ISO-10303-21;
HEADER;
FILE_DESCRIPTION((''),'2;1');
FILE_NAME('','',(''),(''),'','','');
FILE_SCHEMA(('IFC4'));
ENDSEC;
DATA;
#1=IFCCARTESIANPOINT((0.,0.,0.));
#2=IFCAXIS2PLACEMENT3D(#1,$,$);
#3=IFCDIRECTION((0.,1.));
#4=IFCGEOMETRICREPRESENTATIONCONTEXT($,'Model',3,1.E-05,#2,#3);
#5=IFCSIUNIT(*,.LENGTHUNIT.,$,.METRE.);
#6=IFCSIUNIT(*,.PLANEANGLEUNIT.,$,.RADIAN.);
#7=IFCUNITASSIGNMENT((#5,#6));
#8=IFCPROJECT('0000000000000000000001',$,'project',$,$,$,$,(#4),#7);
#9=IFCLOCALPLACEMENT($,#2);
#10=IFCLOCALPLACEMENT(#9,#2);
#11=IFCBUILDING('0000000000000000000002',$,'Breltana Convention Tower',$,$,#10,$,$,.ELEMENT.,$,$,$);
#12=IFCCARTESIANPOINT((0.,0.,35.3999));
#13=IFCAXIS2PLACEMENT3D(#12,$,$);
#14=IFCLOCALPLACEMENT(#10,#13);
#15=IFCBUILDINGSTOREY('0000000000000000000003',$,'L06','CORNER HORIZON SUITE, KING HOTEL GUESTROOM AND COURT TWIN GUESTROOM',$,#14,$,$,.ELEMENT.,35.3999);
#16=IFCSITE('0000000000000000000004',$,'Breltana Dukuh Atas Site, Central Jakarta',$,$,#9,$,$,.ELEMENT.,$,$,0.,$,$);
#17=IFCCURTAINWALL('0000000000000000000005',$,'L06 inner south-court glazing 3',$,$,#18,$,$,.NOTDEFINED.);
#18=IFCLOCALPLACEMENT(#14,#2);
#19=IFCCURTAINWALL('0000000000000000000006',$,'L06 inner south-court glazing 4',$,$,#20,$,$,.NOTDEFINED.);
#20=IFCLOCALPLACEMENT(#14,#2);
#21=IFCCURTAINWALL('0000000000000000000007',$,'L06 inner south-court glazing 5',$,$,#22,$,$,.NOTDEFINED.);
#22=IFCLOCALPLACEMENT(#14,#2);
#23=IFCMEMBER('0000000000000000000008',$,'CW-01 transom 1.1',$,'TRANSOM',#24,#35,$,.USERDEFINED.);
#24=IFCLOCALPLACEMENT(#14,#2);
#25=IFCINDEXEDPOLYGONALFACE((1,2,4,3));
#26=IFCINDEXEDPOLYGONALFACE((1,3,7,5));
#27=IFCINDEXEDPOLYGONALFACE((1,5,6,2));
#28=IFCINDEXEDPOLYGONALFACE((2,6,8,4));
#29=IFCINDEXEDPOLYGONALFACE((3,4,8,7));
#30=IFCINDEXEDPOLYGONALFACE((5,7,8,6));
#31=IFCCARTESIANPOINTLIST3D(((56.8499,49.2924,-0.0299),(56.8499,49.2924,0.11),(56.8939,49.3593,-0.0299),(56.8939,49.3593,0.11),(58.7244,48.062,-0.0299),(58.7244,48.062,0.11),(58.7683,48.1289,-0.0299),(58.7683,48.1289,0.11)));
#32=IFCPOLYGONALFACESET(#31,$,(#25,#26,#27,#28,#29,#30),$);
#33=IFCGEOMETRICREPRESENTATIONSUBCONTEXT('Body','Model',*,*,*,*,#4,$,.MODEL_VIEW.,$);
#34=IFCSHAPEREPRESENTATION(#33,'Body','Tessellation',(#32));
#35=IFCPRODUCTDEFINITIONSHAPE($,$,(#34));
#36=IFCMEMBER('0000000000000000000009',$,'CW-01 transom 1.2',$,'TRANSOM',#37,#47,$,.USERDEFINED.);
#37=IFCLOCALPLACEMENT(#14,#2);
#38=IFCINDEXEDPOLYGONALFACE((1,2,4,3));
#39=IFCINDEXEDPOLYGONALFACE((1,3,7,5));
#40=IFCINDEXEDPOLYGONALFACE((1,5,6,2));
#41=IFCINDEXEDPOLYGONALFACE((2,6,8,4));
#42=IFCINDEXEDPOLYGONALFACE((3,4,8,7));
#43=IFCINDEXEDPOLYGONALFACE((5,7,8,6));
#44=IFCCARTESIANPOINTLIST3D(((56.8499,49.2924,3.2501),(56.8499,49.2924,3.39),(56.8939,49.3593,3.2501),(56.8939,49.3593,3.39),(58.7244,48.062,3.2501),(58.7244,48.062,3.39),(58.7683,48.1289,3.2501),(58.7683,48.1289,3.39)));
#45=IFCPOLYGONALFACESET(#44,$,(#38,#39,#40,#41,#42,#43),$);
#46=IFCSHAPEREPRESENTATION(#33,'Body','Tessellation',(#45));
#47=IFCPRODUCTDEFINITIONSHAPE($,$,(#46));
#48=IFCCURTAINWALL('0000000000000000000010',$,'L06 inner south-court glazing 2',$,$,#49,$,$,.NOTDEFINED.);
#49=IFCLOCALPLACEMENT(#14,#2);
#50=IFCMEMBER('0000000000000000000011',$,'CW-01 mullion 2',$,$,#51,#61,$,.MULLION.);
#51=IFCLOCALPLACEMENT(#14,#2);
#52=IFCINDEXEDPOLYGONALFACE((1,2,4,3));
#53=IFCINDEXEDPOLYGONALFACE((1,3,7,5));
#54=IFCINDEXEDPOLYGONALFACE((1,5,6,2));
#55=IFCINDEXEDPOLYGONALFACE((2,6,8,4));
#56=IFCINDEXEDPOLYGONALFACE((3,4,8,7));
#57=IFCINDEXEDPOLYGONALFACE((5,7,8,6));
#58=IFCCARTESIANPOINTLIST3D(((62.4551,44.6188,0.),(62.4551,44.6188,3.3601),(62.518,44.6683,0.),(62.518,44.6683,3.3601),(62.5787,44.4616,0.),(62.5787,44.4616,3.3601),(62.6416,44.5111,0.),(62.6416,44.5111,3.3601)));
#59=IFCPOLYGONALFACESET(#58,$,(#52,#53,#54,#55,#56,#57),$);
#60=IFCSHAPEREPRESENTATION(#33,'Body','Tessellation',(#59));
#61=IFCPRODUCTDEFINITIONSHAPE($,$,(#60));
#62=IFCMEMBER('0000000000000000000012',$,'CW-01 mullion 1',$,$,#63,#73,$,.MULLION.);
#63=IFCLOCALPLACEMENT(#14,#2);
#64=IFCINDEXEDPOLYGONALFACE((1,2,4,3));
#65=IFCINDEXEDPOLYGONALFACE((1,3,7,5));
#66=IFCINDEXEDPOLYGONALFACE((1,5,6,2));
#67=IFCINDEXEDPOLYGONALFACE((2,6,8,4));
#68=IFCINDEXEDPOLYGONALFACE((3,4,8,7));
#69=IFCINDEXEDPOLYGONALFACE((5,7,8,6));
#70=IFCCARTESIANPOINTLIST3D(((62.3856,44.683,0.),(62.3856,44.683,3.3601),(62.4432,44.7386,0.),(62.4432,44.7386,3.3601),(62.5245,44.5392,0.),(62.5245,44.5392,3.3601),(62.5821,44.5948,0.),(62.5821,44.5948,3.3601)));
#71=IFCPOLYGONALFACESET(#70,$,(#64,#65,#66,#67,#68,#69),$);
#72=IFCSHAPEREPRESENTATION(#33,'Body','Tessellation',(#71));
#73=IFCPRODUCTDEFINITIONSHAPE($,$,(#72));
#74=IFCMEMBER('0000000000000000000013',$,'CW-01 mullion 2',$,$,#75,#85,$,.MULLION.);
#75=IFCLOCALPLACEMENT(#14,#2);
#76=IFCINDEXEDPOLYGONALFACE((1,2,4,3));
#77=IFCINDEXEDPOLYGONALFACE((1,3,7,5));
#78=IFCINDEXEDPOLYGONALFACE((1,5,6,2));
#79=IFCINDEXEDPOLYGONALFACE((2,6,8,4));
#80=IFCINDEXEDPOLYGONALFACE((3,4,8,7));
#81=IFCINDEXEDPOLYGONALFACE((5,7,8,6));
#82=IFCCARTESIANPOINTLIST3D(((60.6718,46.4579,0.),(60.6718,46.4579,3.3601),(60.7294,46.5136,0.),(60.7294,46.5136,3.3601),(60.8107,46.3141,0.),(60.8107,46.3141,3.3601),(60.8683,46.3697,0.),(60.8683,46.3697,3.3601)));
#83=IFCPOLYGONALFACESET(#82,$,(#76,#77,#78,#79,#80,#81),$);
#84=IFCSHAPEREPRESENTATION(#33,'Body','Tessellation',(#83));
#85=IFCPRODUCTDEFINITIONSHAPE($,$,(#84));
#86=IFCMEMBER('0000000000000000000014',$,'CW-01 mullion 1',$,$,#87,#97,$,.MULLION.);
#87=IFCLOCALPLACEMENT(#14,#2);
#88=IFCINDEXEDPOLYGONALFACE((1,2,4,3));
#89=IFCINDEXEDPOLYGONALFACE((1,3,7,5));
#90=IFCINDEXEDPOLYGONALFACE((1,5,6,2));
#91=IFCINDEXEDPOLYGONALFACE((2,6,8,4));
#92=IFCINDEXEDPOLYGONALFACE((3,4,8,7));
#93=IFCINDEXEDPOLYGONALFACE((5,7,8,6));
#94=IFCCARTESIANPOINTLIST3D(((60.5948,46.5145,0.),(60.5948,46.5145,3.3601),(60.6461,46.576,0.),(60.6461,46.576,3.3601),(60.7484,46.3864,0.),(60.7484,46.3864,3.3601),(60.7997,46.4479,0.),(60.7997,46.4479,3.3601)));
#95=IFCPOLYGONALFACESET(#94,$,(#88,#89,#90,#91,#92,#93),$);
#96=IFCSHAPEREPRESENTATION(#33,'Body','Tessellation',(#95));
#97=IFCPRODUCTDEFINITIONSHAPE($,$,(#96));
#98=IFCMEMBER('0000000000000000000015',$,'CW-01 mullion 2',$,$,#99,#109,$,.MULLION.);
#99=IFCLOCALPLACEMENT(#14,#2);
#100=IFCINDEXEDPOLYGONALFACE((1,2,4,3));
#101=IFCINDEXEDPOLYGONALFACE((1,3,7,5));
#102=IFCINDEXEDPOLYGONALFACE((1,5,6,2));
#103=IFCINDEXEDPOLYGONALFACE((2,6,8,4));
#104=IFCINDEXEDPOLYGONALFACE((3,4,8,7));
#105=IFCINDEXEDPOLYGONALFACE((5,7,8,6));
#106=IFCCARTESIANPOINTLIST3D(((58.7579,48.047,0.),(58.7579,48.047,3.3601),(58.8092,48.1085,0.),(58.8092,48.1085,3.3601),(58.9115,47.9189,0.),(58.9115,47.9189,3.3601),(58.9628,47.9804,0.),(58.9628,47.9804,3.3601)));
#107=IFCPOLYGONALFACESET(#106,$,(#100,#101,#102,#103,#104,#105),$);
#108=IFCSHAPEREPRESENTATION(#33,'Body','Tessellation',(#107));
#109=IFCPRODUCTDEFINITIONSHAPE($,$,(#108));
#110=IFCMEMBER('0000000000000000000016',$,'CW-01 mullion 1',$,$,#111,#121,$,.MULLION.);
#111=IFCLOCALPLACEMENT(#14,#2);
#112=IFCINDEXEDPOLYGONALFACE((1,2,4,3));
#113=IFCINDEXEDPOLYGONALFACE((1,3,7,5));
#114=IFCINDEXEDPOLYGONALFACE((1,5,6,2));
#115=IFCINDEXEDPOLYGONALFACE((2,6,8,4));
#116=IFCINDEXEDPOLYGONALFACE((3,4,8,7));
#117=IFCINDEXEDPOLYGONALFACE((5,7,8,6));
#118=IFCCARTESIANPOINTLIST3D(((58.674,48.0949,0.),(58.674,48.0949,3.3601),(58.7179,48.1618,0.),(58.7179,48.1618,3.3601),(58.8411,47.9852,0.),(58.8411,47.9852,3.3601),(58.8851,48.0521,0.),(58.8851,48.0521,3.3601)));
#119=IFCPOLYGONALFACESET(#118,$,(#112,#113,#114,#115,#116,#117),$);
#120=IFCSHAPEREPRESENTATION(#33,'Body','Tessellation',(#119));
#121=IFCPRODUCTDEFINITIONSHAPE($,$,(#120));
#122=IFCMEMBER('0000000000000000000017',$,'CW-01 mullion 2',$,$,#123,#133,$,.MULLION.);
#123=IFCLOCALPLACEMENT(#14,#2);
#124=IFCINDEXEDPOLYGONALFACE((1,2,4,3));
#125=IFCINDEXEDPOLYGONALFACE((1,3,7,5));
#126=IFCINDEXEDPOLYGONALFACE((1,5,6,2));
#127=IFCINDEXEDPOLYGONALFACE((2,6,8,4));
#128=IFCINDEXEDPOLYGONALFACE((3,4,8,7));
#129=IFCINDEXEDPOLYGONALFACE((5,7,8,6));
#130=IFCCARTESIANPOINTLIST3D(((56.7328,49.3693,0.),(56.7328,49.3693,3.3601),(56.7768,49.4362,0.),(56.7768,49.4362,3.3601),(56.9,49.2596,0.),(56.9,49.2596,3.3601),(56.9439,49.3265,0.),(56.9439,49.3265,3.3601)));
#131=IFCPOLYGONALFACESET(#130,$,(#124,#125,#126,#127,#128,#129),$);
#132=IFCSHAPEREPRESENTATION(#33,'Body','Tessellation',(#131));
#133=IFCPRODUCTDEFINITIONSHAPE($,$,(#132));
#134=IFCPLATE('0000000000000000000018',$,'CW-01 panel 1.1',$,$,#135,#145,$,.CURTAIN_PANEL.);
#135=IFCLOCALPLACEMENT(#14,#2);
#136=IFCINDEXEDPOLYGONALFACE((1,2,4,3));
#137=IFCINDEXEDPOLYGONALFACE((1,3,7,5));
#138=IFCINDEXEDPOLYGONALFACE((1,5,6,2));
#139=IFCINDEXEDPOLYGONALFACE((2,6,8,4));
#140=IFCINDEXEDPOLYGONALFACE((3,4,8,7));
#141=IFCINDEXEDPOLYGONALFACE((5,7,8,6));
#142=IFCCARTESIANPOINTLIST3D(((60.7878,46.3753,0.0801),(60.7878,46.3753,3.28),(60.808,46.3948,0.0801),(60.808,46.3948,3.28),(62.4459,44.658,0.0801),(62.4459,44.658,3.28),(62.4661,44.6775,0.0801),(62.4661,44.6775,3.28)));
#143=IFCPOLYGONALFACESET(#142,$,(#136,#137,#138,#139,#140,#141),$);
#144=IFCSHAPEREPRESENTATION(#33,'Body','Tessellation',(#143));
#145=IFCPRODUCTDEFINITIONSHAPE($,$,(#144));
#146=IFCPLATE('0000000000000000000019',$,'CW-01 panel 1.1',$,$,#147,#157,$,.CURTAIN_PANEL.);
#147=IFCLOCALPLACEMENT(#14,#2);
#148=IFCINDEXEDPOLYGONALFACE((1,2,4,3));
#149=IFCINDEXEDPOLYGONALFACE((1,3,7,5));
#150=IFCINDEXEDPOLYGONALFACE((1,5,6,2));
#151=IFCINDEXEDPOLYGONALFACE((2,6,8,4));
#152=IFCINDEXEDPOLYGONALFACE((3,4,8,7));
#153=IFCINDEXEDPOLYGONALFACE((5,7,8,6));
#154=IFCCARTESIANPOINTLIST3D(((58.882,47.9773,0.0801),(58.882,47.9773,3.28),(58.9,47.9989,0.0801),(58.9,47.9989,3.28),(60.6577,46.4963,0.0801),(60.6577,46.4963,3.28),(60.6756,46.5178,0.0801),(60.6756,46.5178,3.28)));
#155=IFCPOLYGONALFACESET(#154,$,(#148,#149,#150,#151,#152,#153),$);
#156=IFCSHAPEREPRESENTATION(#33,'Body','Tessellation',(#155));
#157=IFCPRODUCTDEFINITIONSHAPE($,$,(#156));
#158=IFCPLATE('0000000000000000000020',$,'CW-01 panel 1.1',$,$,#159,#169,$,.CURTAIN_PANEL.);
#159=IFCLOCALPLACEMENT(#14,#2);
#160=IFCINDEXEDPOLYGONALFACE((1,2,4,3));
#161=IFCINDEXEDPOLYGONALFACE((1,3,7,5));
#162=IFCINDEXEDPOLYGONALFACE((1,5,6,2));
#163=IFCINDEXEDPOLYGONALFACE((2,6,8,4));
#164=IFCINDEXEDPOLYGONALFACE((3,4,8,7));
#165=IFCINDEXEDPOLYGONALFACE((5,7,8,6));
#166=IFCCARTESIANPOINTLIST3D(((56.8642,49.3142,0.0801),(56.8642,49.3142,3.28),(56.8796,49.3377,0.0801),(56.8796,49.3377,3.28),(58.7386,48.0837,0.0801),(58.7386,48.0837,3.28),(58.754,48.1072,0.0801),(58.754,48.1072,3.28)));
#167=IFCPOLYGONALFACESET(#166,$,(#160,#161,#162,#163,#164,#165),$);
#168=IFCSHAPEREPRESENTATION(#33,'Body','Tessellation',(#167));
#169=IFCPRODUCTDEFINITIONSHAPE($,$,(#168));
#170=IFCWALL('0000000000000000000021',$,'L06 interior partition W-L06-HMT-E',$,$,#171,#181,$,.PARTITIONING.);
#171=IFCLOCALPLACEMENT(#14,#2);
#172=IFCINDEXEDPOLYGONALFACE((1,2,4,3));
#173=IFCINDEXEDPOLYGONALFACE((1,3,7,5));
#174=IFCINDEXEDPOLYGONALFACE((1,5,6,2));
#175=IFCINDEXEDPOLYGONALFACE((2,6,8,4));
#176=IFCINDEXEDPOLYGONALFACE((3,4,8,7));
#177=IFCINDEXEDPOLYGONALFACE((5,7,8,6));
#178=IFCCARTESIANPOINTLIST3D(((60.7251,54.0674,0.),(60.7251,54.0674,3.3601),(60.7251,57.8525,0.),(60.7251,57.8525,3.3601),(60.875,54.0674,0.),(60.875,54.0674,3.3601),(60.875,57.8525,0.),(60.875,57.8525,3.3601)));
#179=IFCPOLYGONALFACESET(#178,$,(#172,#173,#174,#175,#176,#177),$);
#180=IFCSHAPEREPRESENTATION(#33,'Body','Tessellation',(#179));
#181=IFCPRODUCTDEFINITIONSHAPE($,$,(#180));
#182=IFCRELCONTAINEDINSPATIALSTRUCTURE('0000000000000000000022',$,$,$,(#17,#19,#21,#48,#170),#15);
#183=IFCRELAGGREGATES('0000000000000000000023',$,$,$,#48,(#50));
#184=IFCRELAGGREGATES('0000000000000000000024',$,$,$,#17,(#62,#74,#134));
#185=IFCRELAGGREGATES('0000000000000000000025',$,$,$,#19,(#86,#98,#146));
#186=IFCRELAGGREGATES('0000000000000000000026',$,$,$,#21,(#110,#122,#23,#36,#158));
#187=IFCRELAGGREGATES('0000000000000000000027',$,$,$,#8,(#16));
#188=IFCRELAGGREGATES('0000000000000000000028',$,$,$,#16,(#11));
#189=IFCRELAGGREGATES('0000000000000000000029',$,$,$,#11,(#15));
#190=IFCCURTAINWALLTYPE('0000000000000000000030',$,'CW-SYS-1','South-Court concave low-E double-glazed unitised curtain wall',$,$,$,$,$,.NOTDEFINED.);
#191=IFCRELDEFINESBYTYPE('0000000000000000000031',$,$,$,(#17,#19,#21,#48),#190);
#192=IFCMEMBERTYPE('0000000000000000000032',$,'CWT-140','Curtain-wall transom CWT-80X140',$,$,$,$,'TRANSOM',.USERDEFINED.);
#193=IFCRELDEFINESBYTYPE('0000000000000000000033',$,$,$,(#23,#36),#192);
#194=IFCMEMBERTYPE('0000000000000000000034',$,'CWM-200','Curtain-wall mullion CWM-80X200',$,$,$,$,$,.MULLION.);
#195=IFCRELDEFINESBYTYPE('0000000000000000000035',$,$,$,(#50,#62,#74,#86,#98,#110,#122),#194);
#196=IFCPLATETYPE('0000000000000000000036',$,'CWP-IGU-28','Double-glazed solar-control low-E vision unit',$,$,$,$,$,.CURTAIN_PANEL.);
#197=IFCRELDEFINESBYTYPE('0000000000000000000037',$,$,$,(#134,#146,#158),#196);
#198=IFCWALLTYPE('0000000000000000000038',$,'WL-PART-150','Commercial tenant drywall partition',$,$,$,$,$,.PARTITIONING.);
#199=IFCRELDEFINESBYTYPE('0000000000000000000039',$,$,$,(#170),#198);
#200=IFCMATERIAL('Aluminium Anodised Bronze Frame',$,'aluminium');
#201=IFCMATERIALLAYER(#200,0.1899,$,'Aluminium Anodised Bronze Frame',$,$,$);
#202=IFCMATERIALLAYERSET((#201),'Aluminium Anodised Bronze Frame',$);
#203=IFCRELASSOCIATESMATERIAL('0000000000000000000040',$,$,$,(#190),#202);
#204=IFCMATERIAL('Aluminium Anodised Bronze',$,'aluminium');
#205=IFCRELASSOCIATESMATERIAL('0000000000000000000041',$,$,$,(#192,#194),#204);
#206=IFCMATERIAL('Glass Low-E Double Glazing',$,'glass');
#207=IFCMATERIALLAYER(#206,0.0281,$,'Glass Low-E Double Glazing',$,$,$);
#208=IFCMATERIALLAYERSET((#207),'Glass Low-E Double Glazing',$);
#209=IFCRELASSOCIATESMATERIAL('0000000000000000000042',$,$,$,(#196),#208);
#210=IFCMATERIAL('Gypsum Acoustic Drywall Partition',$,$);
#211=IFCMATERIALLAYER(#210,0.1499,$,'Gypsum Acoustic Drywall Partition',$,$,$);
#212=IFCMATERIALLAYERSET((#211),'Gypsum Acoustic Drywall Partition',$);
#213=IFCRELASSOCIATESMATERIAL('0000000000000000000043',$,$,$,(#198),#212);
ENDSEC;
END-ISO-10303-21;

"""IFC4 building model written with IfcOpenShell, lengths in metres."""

from ifc_helpers import new_model, si_unit, direction, frame, frame_2d, origin, origin_2d, place, context, subcontext, project, spatial, rectangle, extrude, source, transform, mapped, material, layer, layer_set, material_profile, profile_set, type_object, element, aggregate, save


model = new_model("IFC4")

# Units and contexts
model_context = context("Model", 3, precision=1e-05, world=origin(), true_north=direction((0.0, 1.0)))
body_context = subcontext(model_context, "Body", "Model", "MODEL_VIEW")
ifc_project = project(units=[si_unit("LENGTHUNIT", "METRE"), si_unit("PLANEANGLEUNIT", "RADIAN")], contexts=[model_context])

# Site, building, storey
site_placement = place(None, origin())
site = spatial("IfcSite", under=ifc_project, at=site_placement, Name="Breltana Dukuh Atas Site, Central Jakarta", CompositionType="ELEMENT", RefElevation=0.0)
building_placement = place(site_placement, origin())
building = spatial("IfcBuilding", under=site, at=building_placement, Name="Breltana Convention Tower", CompositionType="ELEMENT")
storey_placement = place(building_placement, frame((0.0, 0.0, 35.3999)))
storey = spatial("IfcBuildingStorey", under=building, at=storey_placement, Name="L06", Description="CORNER HORIZON SUITE, KING HOTEL GUESTROOM AND COURT TWIN GUESTROOM", CompositionType="ELEMENT", Elevation=35.3999)

# Curtain walls, members
ifc_material_1 = material(Name="Aluminium Anodised Bronze Frame", Category="aluminium")
ifc_layer_1 = layer(ifc_material_1, 0.1899, Name="Aluminium Anodised Bronze Frame")
ifc_layer_set_1 = layer_set([ifc_layer_1], Name="Aluminium Anodised Bronze Frame")
curtain_wall_type = type_object("IfcCurtainWallType", Name="CW-SYS-1", Description="South-Court concave low-E double-glazed unitised curtain wall", PredefinedType="NOTDEFINED", material=ifc_layer_set_1)
curtain_wall_1_placement = place(storey_placement, origin())
curtain_wall_1 = element("IfcCurtainWall", 1, at=curtain_wall_1_placement, inside=storey, type_object=curtain_wall_type, Name="L06 inner south-court glazing 3", PredefinedType="NOTDEFINED")
ifc_material_2 = material(Name="Aluminium Anodised Bronze", Category="aluminium")
ifc_material_profile_1 = material_profile(ifc_material_2, rectangle(XDim=0.0801, YDim=0.1399, at=origin_2d()), Name="CWT-80X140")
ifc_profile_set_1 = profile_set([ifc_material_profile_1], Name="Aluminium Anodised Bronze")
member_type_1 = type_object("IfcMemberType", Name="CWT-140", Description="Curtain-wall transom CWT-80X140", ElementType="TRANSOM", PredefinedType="USERDEFINED", material=ifc_profile_set_1)
curtain_wall_2_placement = place(storey_placement, origin())
curtain_wall_2 = element("IfcCurtainWall", 2, at=curtain_wall_2_placement, inside=storey, type_object=curtain_wall_type, Name="L06 inner south-court glazing 4", PredefinedType="NOTDEFINED")
curtain_wall_3_placement = place(storey_placement, origin())
curtain_wall_3 = element("IfcCurtainWall", 3, at=curtain_wall_3_placement, inside=storey, type_object=curtain_wall_type, Name="L06 inner south-court glazing 5", PredefinedType="NOTDEFINED")
shared_shape_1 = source(origin(), body_context, "Body", "SweptSolid", [
    extrude(rectangle(XDim=0.0801, YDim=0.1399, at=origin_2d()), origin(), (0.0, 0.0, 1.0), 2.2422),
])
member_1_placement = place(storey_placement, frame((58.7463, 48.0955, 0.04), z_axis=(-0.835982, 0.548756, 0.0), x_axis=(-0.548756, -0.835982, 0.0)))
member_1 = element("IfcMember", 4, at=member_1_placement, type_object=member_type_1, Name="CW-01 transom 1.1", ObjectType="TRANSOM", PredefinedType="USERDEFINED", context=body_context, shape_type="MappedRepresentation", body=[
    mapped(shared_shape_1, transform((0.0, 0.0, 0.0), scale=1.0)),
])
member_2_placement = place(storey_placement, frame((58.7463, 48.0955, 3.3201), z_axis=(-0.835982, 0.548756, 0.0), x_axis=(-0.548756, -0.835982, 0.0)))
member_2 = element("IfcMember", 5, at=member_2_placement, type_object=member_type_1, Name="CW-01 transom 1.2", ObjectType="TRANSOM", PredefinedType="USERDEFINED", context=body_context, shape_type="MappedRepresentation", body=[
    mapped(shared_shape_1, transform((0.0, 0.0, 0.0), scale=1.0)),
])

# Curtain wall, member
curtain_wall_4_placement = place(storey_placement, origin())
curtain_wall_4 = element("IfcCurtainWall", 6, at=curtain_wall_4_placement, inside=storey, type_object=curtain_wall_type, Name="L06 inner south-court glazing 2", PredefinedType="NOTDEFINED")
ifc_material_profile_2 = material_profile(ifc_material_2, rectangle(XDim=0.0801, YDim=0.2, at=origin_2d()), Name="CWM-80X200")
ifc_profile_set_2 = profile_set([ifc_material_profile_2], Name="Aluminium Anodised Bronze")
member_type_2 = type_object("IfcMemberType", Name="CWM-200", Description="Curtain-wall mullion CWM-80X200", PredefinedType="MULLION", material=ifc_profile_set_2)
shared_shape_2 = source(origin(), body_context, "Body", "SweptSolid", [
    extrude(rectangle(XDim=0.0801, YDim=0.2, at=origin_2d()), origin(), (0.0, 0.0, 1.0), 3.3601),
])
member_3_placement = place(storey_placement, frame((62.5483, 44.5649, 0.0), z_axis=(0.0, 0.0, 1.0), x_axis=(-0.786058, -0.618153, 0.0)))
member_3 = element("IfcMember", 7, at=member_3_placement, type_object=member_type_2, Name="CW-01 mullion 2", PredefinedType="MULLION", context=body_context, shape_type="MappedRepresentation", body=[
    mapped(shared_shape_2, transform((0.0, 0.0, 0.0), scale=1.0)),
])
aggregate(curtain_wall_4, [member_3])

# Members
member_4_placement = place(storey_placement, frame((62.4839, 44.6389, 0.0), z_axis=(0.0, 0.0, 1.0), x_axis=(-0.719385, -0.694612, 0.0)))
member_4 = element("IfcMember", 8, at=member_4_placement, type_object=member_type_2, Name="CW-01 mullion 1", PredefinedType="MULLION", context=body_context, shape_type="MappedRepresentation", body=[
    mapped(shared_shape_2, transform((0.0, 0.0, 0.0), scale=1.0)),
])
member_5_placement = place(storey_placement, frame((60.77, 46.4138, 0.0), z_axis=(0.0, 0.0, 1.0), x_axis=(-0.719385, -0.694612, 0.0)))
member_5 = element("IfcMember", 9, at=member_5_placement, type_object=member_type_2, Name="CW-01 mullion 2", PredefinedType="MULLION", context=body_context, shape_type="MappedRepresentation", body=[
    mapped(shared_shape_2, transform((0.0, 0.0, 0.0), scale=1.0)),
])
member_6_placement = place(storey_placement, frame((60.6973, 46.4812, 0.0), z_axis=(0.0, 0.0, 1.0), x_axis=(-0.640523, -0.767939, 0.0)))
member_6 = element("IfcMember", 10, at=member_6_placement, type_object=member_type_2, Name="CW-01 mullion 1", PredefinedType="MULLION", context=body_context, shape_type="MappedRepresentation", body=[
    mapped(shared_shape_2, transform((0.0, 0.0, 0.0), scale=1.0)),
])
member_7_placement = place(storey_placement, frame((58.8604, 48.0137, 0.0), z_axis=(0.0, 0.0, 1.0), x_axis=(-0.640523, -0.767939, 0.0)))
member_7 = element("IfcMember", 11, at=member_7_placement, type_object=member_type_2, Name="CW-01 mullion 2", PredefinedType="MULLION", context=body_context, shape_type="MappedRepresentation", body=[
    mapped(shared_shape_2, transform((0.0, 0.0, 0.0), scale=1.0)),
])
member_8_placement = place(storey_placement, frame((58.7795, 48.0735, 0.0), z_axis=(0.0, 0.0, 1.0), x_axis=(-0.548778, -0.835968, 0.0)))
member_8 = element("IfcMember", 12, at=member_8_placement, type_object=member_type_2, Name="CW-01 mullion 1", PredefinedType="MULLION", context=body_context, shape_type="MappedRepresentation", body=[
    mapped(shared_shape_2, transform((0.0, 0.0, 0.0), scale=1.0)),
])
member_9_placement = place(storey_placement, frame((56.8384, 49.3479, 0.0), z_axis=(0.0, 0.0, 1.0), x_axis=(-0.548778, -0.835968, 0.0)))
member_9 = element("IfcMember", 13, at=member_9_placement, type_object=member_type_2, Name="CW-01 mullion 2", PredefinedType="MULLION", context=body_context, shape_type="MappedRepresentation", body=[
    mapped(shared_shape_2, transform((0.0, 0.0, 0.0), scale=1.0)),
])

# Plates
ifc_material_3 = material(Name="Glass Low-E Double Glazing", Category="glass")
ifc_layer_2 = layer(ifc_material_3, 0.0281, Name="Glass Low-E Double Glazing")
ifc_layer_set_2 = layer_set([ifc_layer_2], Name="Glass Low-E Double Glazing")
plate_type = type_object("IfcPlateType", Name="CWP-IGU-28", Description="Double-glazed solar-control low-E vision unit", PredefinedType="CURTAIN_PANEL", material=ifc_layer_set_2)
shared_shape_3 = source(origin(), body_context, "Body", "SweptSolid", [
    extrude(rectangle(XDim=2.3872, YDim=0.0281, at=origin_2d()), origin(), (0.0, 0.0, 1.0), 3.2),
])
plate_1_placement = place(storey_placement, frame((61.627, 45.5264, 0.0801), z_axis=(0.0, 0.0, 1.0), x_axis=(-0.694612, 0.719385, 0.0)))
plate_1 = element("IfcPlate", 14, at=plate_1_placement, type_object=plate_type, Name="CW-01 panel 1.1", PredefinedType="CURTAIN_PANEL", context=body_context, shape_type="MappedRepresentation", body=[
    mapped(shared_shape_3, transform((0.0, 0.0, 0.0), scale=1.0)),
])
aggregate(curtain_wall_1, [member_4, member_5, plate_1])
shared_shape_4 = source(origin(), body_context, "Body", "SweptSolid", [
    extrude(rectangle(XDim=2.3123, YDim=0.0281, at=origin_2d()), origin(), (0.0, 0.0, 1.0), 3.2),
])
plate_2_placement = place(storey_placement, frame((59.7788, 47.2476, 0.0801), z_axis=(0.0, 0.0, 1.0), x_axis=(-0.767939, 0.640523, 0.0)))
plate_2 = element("IfcPlate", 15, at=plate_2_placement, type_object=plate_type, Name="CW-01 panel 1.1", PredefinedType="CURTAIN_PANEL", context=body_context, shape_type="MappedRepresentation", body=[
    mapped(shared_shape_4, transform((0.0, 0.0, 0.0), scale=1.0)),
])
aggregate(curtain_wall_2, [member_6, member_7, plate_2])
shared_shape_5 = source(origin(), body_context, "Body", "SweptSolid", [
    extrude(rectangle(XDim=2.2422, YDim=0.0281, at=origin_2d()), origin(), (0.0, 0.0, 1.0), 3.2),
])
plate_3_placement = place(storey_placement, frame((57.8091, 48.7107, 0.0801), z_axis=(0.0, 0.0, 1.0), x_axis=(-0.835968, 0.548778, 0.0)))
plate_3 = element("IfcPlate", 16, at=plate_3_placement, type_object=plate_type, Name="CW-01 panel 1.1", PredefinedType="CURTAIN_PANEL", context=body_context, shape_type="MappedRepresentation", body=[
    mapped(shared_shape_5, transform((0.0, 0.0, 0.0), scale=1.0)),
])
aggregate(curtain_wall_3, [member_8, member_9, member_1, member_2, plate_3])

# Wall
ifc_material_4 = material(Name="Gypsum Acoustic Drywall Partition")
ifc_layer_3 = layer(ifc_material_4, 0.1499, Name="Gypsum Acoustic Drywall Partition")
ifc_layer_set_3 = layer_set([ifc_layer_3], Name="Gypsum Acoustic Drywall Partition")
wall_type_1 = type_object("IfcWallType", Name="WL-PART-150", Description="Commercial tenant drywall partition", PredefinedType="PARTITIONING", material=ifc_layer_set_3)
shared_shape_6 = source(origin(), body_context, "Body", "SweptSolid", [
    extrude(rectangle(XDim=3.7852, YDim=0.1499, at=frame_2d((1.8926, 0.0))), origin(), (0.0, 0.0, 1.0), 3.3601),
])
wall_1_placement = place(storey_placement, frame((60.8, 54.0674, 0.0), z_axis=(0.0, 0.0, 1.0), x_axis=(0.0, 1.0, 0.0)))
element("IfcWall", 17, at=wall_1_placement, inside=storey, type_object=wall_type_1, Name="L06 interior partition W-L06-HMT-E", PredefinedType="PARTITIONING", context=body_context, shape_type="MappedRepresentation", body=[
    mapped(shared_shape_6, transform((0.0, 0.0, 0.0), scale=1.0)),
])

save(model, "model.ifc")
